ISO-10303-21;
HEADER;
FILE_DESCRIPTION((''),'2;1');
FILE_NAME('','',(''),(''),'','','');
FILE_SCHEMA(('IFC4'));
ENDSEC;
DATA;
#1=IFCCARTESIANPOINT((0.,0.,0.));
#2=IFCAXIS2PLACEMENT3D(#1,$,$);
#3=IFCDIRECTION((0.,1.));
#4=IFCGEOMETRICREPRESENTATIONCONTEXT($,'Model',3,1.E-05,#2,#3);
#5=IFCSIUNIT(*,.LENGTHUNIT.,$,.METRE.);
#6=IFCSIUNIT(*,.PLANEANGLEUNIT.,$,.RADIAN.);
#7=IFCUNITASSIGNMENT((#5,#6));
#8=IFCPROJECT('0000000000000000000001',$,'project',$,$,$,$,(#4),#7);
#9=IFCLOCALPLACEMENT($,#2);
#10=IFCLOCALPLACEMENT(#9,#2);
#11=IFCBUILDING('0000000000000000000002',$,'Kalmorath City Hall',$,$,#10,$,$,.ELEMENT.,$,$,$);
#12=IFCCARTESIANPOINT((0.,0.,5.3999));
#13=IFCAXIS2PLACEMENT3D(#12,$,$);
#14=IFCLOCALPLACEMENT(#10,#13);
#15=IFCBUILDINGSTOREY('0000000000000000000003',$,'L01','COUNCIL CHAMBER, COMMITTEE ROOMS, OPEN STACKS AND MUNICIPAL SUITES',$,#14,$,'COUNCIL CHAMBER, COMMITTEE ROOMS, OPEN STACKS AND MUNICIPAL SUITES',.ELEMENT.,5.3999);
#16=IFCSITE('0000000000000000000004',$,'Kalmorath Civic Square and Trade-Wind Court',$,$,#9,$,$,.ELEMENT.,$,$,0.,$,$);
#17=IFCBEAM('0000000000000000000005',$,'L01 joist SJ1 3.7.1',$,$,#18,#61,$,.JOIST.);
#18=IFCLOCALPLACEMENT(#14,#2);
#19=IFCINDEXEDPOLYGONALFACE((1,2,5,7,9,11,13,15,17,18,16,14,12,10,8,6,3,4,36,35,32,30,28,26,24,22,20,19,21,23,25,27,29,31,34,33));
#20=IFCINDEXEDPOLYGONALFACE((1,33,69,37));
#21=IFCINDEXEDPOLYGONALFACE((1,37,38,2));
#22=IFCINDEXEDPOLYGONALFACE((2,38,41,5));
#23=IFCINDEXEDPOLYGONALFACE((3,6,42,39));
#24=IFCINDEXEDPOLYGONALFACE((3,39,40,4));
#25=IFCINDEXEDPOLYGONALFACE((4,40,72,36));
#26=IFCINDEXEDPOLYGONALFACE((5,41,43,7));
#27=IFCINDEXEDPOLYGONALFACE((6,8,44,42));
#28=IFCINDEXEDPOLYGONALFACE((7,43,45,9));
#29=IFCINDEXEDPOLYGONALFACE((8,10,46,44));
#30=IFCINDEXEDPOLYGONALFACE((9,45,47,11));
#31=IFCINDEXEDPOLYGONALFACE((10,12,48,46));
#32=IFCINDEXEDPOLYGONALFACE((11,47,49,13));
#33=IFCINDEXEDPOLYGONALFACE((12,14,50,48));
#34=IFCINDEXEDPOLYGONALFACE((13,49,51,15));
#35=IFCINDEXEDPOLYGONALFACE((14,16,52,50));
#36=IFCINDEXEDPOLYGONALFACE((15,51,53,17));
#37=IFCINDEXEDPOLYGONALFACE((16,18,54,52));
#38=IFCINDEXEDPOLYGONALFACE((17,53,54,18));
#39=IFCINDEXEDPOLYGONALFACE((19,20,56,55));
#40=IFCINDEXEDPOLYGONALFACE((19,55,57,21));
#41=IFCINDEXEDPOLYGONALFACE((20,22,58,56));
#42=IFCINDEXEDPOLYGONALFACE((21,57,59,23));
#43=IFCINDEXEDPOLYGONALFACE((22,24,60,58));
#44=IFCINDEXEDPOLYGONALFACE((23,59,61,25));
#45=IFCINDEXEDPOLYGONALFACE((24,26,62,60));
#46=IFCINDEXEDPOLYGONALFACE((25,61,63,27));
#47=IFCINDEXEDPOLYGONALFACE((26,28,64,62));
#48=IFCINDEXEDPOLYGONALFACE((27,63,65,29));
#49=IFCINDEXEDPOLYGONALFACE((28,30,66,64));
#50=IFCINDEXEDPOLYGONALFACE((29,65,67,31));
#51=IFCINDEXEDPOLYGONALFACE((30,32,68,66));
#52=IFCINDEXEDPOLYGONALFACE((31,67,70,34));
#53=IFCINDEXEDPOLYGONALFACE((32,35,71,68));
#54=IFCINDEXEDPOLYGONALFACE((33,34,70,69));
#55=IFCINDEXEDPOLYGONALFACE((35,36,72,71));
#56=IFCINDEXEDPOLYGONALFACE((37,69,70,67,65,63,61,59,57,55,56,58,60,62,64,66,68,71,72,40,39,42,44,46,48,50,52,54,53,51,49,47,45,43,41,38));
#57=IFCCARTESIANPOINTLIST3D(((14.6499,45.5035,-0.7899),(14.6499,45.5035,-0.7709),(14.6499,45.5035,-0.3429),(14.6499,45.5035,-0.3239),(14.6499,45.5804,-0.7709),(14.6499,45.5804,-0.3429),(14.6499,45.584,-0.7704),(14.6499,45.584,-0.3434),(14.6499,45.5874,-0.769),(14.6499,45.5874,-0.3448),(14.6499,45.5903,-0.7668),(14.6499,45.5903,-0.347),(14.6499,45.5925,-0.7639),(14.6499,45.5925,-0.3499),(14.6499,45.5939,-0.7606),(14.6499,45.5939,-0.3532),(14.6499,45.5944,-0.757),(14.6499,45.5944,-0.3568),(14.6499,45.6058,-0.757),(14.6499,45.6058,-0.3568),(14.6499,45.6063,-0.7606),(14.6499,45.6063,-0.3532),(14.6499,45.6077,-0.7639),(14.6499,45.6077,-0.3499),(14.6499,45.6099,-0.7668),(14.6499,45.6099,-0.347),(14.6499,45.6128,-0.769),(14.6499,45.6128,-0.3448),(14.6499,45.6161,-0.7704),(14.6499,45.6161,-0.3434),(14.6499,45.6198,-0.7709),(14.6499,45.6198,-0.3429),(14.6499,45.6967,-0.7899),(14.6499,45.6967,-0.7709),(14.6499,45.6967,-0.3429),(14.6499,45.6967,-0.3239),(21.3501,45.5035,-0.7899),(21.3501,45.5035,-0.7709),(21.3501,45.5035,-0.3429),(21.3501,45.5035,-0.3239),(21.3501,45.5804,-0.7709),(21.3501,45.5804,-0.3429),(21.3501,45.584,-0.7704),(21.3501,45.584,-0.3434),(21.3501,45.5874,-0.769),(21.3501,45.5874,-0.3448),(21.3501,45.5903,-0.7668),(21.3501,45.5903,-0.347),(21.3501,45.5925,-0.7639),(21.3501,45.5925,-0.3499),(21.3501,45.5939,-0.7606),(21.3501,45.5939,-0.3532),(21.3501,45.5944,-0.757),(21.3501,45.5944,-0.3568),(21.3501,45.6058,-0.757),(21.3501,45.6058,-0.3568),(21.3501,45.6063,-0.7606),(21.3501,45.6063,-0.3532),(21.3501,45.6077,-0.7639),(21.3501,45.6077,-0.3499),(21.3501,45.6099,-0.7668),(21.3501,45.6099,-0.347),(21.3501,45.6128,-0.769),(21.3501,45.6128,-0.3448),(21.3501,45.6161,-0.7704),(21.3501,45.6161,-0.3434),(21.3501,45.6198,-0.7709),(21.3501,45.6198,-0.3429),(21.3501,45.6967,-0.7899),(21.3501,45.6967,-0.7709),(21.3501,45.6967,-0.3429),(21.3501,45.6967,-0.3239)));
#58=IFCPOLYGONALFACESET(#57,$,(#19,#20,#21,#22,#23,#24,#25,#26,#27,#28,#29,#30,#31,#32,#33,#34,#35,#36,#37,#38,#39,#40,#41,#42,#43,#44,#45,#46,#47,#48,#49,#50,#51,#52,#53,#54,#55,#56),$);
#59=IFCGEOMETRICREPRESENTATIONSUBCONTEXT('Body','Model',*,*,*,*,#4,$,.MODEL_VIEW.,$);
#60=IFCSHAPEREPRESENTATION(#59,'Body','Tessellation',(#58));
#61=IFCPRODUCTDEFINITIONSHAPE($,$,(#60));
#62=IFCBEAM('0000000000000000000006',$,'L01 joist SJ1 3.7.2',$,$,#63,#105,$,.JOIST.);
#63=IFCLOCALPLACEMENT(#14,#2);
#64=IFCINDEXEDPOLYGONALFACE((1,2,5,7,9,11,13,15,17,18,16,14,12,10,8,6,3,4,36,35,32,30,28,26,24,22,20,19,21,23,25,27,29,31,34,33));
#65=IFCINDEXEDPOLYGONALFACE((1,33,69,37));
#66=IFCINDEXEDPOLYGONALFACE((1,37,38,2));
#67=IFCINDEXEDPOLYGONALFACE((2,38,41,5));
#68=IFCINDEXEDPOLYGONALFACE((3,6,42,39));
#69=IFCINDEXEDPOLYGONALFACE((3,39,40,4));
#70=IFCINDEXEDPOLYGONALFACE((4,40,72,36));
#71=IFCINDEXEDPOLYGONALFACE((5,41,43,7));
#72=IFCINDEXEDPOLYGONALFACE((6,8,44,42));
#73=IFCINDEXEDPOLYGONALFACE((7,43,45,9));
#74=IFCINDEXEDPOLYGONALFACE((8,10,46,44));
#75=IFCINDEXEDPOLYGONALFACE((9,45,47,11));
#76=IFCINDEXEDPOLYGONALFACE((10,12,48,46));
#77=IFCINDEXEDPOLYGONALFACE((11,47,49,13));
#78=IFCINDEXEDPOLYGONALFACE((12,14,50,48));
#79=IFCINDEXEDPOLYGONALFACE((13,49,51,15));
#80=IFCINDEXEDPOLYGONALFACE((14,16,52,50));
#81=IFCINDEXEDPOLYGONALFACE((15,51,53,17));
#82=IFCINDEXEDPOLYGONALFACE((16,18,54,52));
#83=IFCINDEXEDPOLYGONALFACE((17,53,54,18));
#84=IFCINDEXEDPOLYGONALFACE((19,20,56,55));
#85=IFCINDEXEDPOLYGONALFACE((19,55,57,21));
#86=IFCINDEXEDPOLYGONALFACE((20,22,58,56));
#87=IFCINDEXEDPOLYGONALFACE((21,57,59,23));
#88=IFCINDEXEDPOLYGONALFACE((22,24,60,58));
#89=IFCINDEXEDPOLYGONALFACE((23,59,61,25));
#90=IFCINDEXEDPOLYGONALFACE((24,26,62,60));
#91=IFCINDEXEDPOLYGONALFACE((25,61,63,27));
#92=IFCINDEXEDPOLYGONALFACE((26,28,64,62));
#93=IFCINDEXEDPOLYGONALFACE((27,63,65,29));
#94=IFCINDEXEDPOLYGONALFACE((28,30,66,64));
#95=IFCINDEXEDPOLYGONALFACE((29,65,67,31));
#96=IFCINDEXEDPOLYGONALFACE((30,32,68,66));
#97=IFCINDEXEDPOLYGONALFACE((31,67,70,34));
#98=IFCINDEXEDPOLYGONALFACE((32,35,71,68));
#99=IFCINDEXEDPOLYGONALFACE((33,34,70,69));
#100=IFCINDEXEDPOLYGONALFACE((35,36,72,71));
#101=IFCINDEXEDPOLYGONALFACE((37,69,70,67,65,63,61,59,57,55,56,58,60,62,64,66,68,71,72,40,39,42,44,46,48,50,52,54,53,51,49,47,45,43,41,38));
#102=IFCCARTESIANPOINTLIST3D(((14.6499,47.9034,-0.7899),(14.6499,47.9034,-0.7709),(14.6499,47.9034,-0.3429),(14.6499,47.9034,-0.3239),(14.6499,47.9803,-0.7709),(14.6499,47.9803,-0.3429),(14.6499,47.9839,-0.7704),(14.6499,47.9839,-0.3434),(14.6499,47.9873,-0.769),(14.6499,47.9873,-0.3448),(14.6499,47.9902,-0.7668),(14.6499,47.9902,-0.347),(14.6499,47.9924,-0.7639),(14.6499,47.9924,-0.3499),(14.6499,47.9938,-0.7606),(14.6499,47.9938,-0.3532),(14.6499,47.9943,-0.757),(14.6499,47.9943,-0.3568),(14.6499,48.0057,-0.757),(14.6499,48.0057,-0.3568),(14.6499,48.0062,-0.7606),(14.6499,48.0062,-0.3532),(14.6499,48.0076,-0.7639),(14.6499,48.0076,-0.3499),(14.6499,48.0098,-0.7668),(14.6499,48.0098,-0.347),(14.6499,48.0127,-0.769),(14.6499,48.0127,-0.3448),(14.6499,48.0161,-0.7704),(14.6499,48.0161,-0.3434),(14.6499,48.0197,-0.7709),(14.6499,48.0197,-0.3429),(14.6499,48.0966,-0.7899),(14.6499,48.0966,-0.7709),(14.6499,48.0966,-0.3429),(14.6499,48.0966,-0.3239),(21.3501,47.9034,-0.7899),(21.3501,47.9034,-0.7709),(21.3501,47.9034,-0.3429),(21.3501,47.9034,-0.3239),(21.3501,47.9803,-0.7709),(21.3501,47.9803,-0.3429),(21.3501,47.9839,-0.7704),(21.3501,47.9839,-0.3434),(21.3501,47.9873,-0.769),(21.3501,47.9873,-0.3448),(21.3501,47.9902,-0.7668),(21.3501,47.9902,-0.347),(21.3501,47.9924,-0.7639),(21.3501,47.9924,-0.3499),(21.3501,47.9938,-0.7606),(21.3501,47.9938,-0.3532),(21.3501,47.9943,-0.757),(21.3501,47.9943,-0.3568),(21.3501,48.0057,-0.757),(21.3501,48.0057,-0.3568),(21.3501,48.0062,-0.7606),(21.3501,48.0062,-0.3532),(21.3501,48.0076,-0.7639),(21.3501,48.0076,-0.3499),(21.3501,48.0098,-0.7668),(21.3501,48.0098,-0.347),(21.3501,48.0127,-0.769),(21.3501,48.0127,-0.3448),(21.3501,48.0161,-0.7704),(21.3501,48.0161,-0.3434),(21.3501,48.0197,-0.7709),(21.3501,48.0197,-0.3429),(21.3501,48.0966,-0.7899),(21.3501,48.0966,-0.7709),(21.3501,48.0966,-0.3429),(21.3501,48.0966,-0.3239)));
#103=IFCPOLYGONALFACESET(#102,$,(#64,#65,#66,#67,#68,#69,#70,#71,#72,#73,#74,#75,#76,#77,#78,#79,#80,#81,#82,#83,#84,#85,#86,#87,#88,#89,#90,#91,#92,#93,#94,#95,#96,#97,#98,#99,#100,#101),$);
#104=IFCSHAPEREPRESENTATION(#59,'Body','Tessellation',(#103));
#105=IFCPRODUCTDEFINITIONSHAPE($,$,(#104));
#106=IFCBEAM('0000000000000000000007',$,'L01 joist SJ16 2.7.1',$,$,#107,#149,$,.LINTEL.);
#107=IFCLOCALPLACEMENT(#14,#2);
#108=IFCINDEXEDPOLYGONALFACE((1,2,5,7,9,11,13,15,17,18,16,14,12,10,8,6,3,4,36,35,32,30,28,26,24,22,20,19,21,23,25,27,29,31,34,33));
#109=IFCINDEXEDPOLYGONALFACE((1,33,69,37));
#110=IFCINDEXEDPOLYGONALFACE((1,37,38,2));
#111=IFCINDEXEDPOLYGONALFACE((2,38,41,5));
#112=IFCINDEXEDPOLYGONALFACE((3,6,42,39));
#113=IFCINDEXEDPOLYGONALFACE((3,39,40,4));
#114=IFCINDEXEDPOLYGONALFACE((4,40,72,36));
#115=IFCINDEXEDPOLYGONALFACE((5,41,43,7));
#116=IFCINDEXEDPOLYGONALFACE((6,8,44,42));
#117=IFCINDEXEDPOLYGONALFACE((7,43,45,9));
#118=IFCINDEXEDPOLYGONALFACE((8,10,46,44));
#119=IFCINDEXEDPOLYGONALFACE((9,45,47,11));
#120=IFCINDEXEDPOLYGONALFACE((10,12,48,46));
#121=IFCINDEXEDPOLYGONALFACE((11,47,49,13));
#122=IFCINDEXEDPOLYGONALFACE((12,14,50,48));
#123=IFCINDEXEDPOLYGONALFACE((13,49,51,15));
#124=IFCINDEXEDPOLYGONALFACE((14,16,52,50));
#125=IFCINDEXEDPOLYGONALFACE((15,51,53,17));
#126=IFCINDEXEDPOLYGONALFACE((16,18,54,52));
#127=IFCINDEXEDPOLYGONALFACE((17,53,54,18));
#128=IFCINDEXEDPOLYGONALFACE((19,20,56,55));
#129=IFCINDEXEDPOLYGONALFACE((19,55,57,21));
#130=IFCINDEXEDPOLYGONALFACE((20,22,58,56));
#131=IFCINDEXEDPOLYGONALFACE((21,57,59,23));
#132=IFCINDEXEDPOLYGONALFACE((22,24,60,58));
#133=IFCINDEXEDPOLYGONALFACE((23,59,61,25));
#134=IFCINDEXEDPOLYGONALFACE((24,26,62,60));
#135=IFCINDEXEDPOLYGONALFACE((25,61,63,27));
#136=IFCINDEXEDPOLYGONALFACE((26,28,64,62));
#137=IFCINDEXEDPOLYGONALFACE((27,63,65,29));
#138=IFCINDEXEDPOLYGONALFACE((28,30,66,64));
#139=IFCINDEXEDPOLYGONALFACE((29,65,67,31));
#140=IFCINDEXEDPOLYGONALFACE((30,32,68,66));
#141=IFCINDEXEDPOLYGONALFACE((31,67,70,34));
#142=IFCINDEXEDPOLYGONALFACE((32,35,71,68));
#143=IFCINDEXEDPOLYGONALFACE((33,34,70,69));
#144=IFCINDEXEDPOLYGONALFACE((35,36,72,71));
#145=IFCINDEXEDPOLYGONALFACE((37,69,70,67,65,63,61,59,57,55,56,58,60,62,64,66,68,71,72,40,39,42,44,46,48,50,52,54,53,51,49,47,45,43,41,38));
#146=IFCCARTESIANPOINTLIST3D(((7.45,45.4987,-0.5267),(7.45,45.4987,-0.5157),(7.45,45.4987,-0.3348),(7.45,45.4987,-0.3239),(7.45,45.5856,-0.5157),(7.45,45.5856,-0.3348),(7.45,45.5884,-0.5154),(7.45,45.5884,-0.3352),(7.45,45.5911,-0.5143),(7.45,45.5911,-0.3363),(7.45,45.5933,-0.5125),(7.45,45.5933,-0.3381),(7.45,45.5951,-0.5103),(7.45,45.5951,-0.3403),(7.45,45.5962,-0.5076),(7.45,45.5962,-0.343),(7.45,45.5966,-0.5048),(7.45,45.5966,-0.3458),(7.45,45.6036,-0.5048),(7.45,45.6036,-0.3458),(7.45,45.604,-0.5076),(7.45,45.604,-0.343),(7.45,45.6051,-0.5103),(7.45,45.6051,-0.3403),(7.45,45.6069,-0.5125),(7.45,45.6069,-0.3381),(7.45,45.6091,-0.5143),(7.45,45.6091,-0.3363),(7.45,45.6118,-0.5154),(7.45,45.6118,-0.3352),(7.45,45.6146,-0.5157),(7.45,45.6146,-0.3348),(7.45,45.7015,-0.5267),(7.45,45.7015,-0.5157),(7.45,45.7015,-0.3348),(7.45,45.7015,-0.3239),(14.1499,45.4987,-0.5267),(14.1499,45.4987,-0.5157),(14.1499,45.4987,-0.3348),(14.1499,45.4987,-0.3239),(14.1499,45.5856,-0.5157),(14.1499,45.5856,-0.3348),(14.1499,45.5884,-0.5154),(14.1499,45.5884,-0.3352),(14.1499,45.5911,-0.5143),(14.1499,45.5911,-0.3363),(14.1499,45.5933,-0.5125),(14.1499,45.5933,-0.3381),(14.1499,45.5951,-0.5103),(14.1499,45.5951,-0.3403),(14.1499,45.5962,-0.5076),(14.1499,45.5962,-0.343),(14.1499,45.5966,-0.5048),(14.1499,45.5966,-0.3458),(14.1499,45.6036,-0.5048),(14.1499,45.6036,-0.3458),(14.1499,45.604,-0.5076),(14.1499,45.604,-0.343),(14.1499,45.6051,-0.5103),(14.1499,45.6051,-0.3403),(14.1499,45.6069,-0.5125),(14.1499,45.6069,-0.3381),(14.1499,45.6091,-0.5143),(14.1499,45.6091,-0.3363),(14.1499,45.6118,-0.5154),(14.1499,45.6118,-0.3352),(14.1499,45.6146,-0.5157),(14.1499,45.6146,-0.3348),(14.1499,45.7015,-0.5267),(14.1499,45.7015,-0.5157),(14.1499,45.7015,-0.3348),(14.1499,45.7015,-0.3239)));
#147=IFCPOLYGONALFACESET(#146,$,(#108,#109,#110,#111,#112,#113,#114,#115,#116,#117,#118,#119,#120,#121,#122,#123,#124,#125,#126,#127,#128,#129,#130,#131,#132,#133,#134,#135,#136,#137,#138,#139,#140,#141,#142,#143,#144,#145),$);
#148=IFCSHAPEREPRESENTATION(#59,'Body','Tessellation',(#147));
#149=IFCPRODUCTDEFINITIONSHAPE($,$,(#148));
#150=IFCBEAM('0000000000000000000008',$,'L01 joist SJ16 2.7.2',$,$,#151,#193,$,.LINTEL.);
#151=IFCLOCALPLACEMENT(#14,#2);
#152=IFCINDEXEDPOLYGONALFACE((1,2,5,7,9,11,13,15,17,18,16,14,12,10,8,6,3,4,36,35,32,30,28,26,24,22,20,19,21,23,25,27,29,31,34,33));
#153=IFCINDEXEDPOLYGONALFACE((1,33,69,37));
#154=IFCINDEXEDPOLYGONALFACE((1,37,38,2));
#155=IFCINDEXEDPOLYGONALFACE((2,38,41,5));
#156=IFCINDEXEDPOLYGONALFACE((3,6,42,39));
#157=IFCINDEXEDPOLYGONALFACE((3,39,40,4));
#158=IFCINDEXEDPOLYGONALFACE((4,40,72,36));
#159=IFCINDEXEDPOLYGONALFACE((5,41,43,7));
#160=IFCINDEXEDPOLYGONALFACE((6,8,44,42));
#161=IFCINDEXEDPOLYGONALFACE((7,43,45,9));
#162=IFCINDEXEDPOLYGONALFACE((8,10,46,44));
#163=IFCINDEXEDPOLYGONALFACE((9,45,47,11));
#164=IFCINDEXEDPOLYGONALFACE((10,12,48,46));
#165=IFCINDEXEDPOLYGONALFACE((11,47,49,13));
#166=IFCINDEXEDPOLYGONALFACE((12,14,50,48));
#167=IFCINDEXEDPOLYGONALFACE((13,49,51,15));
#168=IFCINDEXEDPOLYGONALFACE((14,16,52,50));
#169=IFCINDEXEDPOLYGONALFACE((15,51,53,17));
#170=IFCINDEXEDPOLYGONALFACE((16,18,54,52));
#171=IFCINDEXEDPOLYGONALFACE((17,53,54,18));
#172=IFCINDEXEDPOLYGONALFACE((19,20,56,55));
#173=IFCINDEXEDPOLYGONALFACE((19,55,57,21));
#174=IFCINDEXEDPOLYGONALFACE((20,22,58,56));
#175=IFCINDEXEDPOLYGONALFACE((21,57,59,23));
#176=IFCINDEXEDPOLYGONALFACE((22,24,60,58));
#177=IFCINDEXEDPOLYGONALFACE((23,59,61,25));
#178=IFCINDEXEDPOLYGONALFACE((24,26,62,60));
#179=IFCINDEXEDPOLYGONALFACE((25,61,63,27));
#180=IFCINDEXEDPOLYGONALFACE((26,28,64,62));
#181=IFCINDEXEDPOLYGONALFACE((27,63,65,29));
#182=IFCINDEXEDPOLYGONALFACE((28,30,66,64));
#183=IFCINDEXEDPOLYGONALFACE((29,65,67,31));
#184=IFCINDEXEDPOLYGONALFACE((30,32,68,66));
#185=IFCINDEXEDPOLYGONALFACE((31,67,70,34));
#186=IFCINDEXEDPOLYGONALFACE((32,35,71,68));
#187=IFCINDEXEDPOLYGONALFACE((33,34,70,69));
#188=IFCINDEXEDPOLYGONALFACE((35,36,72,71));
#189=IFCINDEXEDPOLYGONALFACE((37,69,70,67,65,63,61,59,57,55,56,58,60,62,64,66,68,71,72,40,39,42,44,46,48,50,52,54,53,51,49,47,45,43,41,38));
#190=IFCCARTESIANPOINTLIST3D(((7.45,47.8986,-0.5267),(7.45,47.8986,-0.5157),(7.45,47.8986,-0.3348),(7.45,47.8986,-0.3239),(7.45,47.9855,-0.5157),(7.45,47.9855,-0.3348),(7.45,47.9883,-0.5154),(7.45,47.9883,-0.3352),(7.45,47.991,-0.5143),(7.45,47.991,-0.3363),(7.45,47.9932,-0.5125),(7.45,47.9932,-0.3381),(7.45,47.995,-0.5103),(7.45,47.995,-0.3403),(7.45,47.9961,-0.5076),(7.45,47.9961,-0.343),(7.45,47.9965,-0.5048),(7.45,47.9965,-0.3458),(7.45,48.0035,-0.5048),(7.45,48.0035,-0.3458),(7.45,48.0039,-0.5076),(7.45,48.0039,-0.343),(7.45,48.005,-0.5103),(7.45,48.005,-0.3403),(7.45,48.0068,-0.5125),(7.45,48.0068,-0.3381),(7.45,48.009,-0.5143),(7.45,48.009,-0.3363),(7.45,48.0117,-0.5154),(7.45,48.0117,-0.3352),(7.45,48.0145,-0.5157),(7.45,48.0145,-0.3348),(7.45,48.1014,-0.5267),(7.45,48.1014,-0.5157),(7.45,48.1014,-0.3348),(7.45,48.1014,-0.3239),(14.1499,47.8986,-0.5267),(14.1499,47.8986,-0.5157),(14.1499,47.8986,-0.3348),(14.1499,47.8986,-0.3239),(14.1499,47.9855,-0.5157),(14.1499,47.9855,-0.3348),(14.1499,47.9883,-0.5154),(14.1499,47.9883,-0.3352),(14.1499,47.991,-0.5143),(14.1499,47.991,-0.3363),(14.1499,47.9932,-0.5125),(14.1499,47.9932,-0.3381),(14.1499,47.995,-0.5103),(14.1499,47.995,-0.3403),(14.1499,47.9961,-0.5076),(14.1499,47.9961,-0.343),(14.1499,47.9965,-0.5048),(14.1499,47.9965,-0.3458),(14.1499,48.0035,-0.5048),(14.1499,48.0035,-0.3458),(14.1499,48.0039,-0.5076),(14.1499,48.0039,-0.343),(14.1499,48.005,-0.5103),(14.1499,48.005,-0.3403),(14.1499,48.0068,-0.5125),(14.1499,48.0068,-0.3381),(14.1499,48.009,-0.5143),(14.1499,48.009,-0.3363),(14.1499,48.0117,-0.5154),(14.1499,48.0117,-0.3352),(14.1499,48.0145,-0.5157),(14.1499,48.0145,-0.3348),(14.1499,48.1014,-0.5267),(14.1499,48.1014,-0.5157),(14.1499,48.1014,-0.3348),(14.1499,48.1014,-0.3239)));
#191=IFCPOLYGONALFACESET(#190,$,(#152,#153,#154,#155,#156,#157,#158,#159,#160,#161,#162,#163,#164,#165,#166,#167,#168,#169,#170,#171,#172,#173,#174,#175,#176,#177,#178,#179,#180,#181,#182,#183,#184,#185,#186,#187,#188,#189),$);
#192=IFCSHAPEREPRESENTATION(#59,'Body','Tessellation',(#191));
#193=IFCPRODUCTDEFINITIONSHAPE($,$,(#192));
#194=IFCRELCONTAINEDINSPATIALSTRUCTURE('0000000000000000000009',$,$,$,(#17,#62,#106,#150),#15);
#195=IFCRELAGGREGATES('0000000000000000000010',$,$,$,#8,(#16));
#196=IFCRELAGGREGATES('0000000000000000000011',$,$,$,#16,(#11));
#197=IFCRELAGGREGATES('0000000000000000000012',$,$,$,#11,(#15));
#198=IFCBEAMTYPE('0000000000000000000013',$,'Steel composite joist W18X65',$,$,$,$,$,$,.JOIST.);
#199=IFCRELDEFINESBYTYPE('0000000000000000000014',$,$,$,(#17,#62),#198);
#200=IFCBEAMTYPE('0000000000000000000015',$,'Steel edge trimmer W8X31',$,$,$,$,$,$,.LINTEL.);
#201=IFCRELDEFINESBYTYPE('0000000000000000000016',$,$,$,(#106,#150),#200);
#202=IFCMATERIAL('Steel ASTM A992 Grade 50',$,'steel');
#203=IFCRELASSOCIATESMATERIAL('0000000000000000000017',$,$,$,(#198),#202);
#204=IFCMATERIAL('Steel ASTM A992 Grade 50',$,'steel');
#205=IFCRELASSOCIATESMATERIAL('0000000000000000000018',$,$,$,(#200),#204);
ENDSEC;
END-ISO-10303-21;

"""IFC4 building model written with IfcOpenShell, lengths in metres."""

from ifc_helpers import new_model, si_unit, direction, frame, origin, origin_2d, place, context, subcontext, project, spatial, i_section, extrude, material, material_profile, profile_set, type_object, element, save


model = new_model("IFC4")

# Units and contexts
model_context = context("Model", 3, precision=1e-05, world=origin(), true_north=direction((0.0, 1.0)))
body_context = subcontext(model_context, "Body", "Model", "MODEL_VIEW")
ifc_project = project(units=[si_unit("LENGTHUNIT", "METRE"), si_unit("PLANEANGLEUNIT", "RADIAN")], contexts=[model_context])

# Site, building, storey
site_placement = place(None, origin())
site = spatial("IfcSite", under=ifc_project, at=site_placement, Name="Kalmorath Civic Square and Trade-Wind Court", CompositionType="ELEMENT", RefElevation=0.0)
building_placement = place(site_placement, origin())
building = spatial("IfcBuilding", under=site, at=building_placement, Name="Kalmorath City Hall", CompositionType="ELEMENT")
storey_placement = place(building_placement, frame((0.0, 0.0, 5.3999)))
storey = spatial("IfcBuildingStorey", under=building, at=storey_placement, Name="L01", Description="COUNCIL CHAMBER, COMMITTEE ROOMS, OPEN STACKS AND MUNICIPAL SUITES", LongName="COUNCIL CHAMBER, COMMITTEE ROOMS, OPEN STACKS AND MUNICIPAL SUITES", CompositionType="ELEMENT", Elevation=5.3999)

# Beams
ifc_material_1 = material(Name="Steel ASTM A992 Grade 50", Category="steel")
ifc_material_profile_1 = material_profile(ifc_material_1, i_section(OverallWidth=0.1931, OverallDepth=0.4661, WebThickness=0.0115, FlangeThickness=0.019, FilletRadius=0.0139, at=origin_2d()), Name="W18X65")
ifc_profile_set_1 = profile_set([ifc_material_profile_1], Name="Steel ASTM A992 Grade 50")
beam_type_1 = type_object("IfcBeamType", Name="Steel composite joist W18X65", PredefinedType="JOIST", material=ifc_profile_set_1)
for number, where, z_axis, x_axis, name in (
    (1, (14.6499, 45.6001, -0.5569), (1.0, 0.0, 0.0), (0.0, 1.0, 0.0), "L01 joist SJ1 3.7.1"),
    (2, (14.6499, 48.0, -0.5569), (1.0, 0.0, 0.0), (0.0, 1.0, 0.0), "L01 joist SJ1 3.7.2"),
):
    element("IfcBeam", number, at=place(storey_placement, frame(where, z_axis=z_axis, x_axis=x_axis)), inside=storey, type_object=beam_type_1, Name=name, PredefinedType="JOIST", context=body_context, shape_type="SweptSolid", body=[
        extrude(i_section(OverallWidth=0.1931, OverallDepth=0.4661, WebThickness=0.0115, FlangeThickness=0.019, FilletRadius=0.0139, at=origin_2d()), origin(), (0.0, 0.0, 1.0), 6.7002),
    ])
ifc_material_2 = material(Name="Steel ASTM A992 Grade 50", Category="steel")
ifc_material_profile_2 = material_profile(ifc_material_2, i_section(OverallWidth=0.2029, OverallDepth=0.2029, WebThickness=0.0071, FlangeThickness=0.011, FilletRadius=0.011, at=origin_2d()), Name="W8X31")
ifc_profile_set_2 = profile_set([ifc_material_profile_2], Name="Steel ASTM A992 Grade 50")
beam_type_2 = type_object("IfcBeamType", Name="Steel edge trimmer W8X31", PredefinedType="LINTEL", material=ifc_profile_set_2)
for number, where, z_axis, x_axis, name in (
    (3, (7.45, 45.6001, -0.4253), (1.0, 0.0, 0.0), (0.0, 1.0, 0.0), "L01 joist SJ16 2.7.1"),
    (4, (7.45, 48.0, -0.4253), (1.0, 0.0, 0.0), (0.0, 1.0, 0.0), "L01 joist SJ16 2.7.2"),
):
    element("IfcBeam", number, at=place(storey_placement, frame(where, z_axis=z_axis, x_axis=x_axis)), inside=storey, type_object=beam_type_2, Name=name, PredefinedType="LINTEL", context=body_context, shape_type="SweptSolid", body=[
        extrude(i_section(OverallWidth=0.2029, OverallDepth=0.2029, WebThickness=0.0071, FlangeThickness=0.011, FilletRadius=0.011, at=origin_2d()), origin(), (0.0, 0.0, 1.0), 6.7),
    ])

save(model, "model.ifc")
